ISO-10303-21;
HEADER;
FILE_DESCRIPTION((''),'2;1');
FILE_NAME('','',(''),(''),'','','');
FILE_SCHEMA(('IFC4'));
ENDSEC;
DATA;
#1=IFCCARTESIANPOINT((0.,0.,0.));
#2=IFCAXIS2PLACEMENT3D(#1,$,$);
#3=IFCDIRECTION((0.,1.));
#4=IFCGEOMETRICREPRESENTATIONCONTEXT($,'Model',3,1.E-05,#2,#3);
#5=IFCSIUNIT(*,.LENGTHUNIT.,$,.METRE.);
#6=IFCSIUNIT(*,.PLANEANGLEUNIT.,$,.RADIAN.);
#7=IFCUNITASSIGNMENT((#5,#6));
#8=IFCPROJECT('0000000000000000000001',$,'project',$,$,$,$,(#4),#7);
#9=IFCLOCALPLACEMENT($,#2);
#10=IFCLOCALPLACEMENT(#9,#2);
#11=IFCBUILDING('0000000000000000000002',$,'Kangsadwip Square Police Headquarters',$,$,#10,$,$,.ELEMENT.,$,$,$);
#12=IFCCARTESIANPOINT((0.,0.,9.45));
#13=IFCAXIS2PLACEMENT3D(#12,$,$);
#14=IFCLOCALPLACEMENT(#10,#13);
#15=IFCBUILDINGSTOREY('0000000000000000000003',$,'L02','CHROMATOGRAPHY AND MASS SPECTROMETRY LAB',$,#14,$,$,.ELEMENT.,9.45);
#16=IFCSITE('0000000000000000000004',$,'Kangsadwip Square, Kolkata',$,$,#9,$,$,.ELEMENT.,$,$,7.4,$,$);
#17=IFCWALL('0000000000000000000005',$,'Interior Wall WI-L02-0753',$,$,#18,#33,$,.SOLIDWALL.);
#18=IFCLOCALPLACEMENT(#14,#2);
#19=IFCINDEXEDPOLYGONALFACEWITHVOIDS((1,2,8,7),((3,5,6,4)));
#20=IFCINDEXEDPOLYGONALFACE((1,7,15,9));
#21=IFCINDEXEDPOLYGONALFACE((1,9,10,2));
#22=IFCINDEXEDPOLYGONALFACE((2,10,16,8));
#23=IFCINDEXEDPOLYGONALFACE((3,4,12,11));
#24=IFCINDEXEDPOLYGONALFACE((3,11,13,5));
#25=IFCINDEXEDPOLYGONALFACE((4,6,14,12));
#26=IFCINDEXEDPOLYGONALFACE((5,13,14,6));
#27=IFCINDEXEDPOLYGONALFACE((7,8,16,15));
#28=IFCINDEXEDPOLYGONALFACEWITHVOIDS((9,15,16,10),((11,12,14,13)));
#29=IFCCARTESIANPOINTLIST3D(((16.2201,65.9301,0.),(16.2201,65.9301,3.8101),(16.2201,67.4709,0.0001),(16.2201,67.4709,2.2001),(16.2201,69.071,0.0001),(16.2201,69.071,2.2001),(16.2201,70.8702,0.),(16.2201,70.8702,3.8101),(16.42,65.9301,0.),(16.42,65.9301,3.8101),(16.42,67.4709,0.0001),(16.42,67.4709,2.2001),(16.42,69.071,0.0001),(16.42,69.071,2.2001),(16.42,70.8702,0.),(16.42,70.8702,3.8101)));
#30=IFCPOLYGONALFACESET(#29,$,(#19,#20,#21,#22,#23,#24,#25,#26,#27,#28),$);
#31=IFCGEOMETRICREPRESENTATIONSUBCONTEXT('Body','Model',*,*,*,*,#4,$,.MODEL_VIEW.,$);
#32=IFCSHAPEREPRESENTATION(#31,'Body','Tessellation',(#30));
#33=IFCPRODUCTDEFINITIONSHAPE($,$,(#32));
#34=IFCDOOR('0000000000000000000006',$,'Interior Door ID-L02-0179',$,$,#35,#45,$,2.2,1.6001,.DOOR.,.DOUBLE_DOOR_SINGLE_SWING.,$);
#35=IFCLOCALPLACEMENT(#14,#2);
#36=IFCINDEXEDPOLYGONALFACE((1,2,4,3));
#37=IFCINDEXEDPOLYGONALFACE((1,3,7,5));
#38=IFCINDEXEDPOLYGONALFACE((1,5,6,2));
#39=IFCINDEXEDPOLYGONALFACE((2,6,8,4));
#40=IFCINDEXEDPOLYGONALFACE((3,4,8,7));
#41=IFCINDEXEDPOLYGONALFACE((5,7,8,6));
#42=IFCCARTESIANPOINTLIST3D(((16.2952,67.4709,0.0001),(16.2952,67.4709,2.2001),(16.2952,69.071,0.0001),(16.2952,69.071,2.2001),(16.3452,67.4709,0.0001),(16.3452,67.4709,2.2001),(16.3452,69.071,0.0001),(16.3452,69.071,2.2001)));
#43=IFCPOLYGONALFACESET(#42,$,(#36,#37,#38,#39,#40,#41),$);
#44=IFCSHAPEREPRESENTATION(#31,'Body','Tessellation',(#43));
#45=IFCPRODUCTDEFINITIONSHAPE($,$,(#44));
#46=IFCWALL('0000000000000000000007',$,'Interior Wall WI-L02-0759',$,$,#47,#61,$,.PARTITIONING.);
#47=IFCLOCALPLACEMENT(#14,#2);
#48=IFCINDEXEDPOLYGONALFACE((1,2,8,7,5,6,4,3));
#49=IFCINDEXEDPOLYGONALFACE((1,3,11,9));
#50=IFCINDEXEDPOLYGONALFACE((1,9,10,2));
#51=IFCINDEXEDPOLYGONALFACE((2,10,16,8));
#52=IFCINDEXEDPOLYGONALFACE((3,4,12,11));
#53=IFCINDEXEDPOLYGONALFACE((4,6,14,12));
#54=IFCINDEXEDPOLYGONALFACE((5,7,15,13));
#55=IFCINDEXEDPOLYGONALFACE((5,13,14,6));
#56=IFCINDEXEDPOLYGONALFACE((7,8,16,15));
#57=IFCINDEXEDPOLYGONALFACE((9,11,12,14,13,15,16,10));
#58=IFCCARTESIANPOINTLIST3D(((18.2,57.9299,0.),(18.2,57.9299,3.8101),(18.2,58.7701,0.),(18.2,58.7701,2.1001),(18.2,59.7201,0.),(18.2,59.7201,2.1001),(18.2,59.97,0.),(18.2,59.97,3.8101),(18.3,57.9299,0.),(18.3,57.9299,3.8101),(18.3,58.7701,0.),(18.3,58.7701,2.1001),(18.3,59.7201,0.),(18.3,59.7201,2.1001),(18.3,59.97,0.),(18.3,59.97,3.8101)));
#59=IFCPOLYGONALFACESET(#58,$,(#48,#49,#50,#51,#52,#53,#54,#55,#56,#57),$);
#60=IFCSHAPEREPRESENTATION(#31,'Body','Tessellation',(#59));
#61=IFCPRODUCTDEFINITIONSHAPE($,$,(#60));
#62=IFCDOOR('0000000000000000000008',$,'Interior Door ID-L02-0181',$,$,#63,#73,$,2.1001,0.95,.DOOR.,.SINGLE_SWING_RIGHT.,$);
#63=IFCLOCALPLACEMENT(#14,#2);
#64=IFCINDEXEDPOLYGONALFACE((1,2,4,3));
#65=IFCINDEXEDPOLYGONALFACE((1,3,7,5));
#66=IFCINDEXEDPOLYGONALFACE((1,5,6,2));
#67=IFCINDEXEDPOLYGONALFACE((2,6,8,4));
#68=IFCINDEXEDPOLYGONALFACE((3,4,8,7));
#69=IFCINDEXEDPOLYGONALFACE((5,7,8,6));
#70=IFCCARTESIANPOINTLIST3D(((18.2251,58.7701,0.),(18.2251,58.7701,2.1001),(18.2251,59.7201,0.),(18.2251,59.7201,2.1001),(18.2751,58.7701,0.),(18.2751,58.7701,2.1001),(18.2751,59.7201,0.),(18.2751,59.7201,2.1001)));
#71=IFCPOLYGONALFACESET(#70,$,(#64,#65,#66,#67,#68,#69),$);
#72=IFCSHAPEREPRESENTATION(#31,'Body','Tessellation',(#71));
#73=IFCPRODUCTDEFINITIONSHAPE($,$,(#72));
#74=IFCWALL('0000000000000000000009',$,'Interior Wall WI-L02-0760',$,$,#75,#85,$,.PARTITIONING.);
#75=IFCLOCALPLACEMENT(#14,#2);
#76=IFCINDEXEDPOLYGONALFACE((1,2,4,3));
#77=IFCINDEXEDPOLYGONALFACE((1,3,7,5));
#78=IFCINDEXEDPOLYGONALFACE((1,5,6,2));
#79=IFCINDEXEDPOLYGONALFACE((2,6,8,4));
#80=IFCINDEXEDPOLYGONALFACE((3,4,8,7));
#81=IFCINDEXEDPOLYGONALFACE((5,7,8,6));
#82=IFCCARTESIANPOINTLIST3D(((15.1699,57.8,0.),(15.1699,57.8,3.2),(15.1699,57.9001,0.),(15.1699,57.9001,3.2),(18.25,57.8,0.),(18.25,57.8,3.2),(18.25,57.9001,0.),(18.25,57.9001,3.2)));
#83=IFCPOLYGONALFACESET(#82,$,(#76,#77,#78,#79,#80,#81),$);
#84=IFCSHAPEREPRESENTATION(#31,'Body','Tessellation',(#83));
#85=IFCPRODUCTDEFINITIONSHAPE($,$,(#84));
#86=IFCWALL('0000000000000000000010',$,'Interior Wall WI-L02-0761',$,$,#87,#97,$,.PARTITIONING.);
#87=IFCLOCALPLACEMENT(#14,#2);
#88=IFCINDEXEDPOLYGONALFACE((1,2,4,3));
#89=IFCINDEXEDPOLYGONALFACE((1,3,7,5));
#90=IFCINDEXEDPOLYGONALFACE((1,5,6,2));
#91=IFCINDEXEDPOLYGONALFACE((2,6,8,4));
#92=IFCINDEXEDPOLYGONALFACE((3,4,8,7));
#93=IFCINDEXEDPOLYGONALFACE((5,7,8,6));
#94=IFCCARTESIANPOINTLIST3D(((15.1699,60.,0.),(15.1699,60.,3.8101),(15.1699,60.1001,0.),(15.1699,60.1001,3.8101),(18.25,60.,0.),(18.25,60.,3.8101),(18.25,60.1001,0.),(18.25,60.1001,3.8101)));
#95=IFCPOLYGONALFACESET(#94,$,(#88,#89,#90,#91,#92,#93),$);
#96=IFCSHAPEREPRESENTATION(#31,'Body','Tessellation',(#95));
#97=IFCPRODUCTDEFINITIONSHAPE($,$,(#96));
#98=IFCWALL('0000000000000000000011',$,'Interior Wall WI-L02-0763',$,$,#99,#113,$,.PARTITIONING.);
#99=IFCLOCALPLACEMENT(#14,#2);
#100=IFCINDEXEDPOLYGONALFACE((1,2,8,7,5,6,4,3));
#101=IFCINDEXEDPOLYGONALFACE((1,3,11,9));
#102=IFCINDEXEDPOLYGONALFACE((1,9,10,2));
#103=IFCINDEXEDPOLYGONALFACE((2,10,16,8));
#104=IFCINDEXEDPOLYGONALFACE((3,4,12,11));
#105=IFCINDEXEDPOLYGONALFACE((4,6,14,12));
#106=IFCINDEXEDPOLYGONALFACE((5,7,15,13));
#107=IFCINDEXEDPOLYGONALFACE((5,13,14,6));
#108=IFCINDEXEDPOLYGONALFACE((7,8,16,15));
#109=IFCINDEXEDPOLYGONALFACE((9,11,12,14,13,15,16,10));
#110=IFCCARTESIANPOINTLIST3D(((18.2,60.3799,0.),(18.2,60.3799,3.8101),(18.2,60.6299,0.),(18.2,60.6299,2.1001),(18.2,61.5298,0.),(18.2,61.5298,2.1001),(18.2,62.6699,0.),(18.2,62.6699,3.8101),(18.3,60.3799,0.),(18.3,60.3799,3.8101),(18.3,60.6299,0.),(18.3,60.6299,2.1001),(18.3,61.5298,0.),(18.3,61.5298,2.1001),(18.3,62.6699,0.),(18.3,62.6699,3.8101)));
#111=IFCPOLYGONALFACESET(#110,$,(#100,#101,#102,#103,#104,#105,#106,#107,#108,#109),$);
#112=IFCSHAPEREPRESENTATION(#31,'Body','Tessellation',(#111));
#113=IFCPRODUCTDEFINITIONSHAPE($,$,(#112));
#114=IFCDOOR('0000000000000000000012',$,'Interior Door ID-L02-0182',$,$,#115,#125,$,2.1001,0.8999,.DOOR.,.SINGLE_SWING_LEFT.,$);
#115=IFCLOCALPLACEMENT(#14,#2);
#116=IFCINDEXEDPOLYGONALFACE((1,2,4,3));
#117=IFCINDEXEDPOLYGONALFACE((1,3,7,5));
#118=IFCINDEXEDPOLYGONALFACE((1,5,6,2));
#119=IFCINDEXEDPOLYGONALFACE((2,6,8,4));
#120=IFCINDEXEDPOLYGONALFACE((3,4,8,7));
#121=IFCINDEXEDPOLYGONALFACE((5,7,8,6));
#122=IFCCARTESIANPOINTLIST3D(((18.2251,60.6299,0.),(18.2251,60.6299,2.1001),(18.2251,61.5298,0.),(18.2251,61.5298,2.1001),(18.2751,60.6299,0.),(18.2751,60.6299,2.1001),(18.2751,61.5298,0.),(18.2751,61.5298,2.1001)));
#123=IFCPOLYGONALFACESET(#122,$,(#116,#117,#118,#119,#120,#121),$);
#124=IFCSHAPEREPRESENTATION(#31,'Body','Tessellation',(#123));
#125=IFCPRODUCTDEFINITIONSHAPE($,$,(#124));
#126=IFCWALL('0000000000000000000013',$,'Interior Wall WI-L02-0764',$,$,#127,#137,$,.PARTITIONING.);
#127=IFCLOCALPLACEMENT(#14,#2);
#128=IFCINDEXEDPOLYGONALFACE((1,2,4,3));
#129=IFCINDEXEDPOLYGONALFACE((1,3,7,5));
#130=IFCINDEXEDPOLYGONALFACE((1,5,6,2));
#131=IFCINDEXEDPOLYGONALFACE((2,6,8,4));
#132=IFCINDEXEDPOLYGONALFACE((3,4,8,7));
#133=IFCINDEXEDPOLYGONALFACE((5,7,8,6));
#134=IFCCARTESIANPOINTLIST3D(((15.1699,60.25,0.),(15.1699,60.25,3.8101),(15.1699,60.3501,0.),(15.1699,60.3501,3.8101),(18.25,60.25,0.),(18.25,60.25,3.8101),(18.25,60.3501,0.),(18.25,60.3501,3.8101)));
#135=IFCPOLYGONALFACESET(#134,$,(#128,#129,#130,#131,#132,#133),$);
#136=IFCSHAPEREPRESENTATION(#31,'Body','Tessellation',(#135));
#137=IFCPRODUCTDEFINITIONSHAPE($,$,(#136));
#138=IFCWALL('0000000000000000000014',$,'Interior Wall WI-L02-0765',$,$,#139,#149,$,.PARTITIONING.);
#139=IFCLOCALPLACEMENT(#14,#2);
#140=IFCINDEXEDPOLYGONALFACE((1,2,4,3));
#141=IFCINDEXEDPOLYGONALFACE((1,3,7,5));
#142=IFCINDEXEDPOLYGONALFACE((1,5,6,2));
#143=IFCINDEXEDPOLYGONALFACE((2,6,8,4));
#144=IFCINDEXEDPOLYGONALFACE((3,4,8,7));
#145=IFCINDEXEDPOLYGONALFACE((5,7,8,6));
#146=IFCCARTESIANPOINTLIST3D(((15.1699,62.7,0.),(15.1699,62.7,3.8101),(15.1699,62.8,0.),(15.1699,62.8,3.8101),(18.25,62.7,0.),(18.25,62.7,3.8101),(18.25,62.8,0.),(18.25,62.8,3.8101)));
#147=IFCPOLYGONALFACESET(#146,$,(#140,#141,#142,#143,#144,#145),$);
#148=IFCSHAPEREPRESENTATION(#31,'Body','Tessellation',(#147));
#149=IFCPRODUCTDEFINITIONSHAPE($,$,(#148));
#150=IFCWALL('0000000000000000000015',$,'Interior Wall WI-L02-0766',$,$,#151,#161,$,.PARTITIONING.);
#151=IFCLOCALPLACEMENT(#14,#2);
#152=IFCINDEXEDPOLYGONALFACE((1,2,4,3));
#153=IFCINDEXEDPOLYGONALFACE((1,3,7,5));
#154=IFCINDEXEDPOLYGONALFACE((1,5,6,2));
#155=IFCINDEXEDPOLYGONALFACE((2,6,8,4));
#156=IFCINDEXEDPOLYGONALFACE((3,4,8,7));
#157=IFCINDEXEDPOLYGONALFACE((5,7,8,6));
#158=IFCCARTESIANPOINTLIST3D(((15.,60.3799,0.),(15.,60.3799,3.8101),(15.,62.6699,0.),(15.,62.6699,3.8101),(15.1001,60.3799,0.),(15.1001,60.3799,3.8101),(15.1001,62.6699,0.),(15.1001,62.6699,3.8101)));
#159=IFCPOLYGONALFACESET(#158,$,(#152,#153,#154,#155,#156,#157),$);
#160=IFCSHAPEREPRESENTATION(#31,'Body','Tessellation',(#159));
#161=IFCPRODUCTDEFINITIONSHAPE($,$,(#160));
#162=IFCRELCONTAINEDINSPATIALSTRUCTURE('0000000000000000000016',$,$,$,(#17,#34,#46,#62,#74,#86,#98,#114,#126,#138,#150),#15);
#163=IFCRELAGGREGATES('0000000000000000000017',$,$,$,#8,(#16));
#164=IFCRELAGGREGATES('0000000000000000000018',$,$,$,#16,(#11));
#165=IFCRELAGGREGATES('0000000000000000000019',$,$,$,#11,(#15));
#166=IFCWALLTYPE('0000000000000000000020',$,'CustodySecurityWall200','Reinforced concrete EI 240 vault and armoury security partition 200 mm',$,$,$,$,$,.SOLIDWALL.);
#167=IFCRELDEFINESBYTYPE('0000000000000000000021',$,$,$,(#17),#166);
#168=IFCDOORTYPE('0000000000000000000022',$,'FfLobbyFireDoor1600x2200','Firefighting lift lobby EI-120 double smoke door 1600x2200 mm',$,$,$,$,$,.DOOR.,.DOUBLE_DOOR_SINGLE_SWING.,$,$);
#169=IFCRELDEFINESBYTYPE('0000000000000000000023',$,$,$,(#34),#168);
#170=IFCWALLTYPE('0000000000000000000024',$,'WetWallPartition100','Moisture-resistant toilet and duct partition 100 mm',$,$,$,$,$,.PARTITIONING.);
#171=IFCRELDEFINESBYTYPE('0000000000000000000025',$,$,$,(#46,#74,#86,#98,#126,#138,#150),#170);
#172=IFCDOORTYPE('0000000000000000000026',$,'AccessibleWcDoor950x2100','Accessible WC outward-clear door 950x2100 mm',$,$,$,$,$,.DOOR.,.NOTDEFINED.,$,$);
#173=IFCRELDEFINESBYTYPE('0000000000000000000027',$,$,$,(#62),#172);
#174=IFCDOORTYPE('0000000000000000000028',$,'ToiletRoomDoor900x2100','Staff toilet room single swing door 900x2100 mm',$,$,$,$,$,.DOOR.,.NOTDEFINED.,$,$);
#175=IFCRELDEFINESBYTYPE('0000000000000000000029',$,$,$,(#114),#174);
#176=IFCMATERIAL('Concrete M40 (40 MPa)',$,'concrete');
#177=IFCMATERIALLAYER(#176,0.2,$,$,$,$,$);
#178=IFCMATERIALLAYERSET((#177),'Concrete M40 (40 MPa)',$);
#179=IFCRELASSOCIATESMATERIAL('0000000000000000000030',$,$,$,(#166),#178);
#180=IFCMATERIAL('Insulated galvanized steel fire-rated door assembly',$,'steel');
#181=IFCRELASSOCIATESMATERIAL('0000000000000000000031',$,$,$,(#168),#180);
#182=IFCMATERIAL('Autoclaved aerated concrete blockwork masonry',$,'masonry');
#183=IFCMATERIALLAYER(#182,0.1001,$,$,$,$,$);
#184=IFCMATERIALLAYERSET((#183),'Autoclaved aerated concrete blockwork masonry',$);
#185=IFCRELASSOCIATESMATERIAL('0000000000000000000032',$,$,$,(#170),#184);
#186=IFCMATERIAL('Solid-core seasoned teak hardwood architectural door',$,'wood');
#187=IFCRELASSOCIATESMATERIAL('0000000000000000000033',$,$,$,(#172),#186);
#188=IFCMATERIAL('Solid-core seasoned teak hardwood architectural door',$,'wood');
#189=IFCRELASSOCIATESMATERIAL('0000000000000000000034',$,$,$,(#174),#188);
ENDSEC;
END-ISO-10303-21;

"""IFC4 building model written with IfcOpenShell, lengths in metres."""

from ifc_helpers import new_model, si_unit, direction, frame, frame_2d, origin, place, context, subcontext, project, spatial, rectangle, extrude, material, layer, layer_set, type_object, element, fill, save


model = new_model("IFC4")

# Units and contexts
model_context = context("Model", 3, precision=1e-05, world=origin(), true_north=direction((0.0, 1.0)))
body_context = subcontext(model_context, "Body", "Model", "MODEL_VIEW")
ifc_project = project(units=[si_unit("LENGTHUNIT", "METRE"), si_unit("PLANEANGLEUNIT", "RADIAN")], contexts=[model_context])

# Site, building, storey
site_placement = place(None, origin())
site = spatial("IfcSite", under=ifc_project, at=site_placement, Name="Kangsadwip Square, Kolkata", CompositionType="ELEMENT", RefElevation=7.4)
building_placement = place(site_placement, origin())
building = spatial("IfcBuilding", under=site, at=building_placement, Name="Kangsadwip Square Police Headquarters", CompositionType="ELEMENT")
storey_placement = place(building_placement, frame((0.0, 0.0, 9.45)))
storey = spatial("IfcBuildingStorey", under=building, at=storey_placement, Name="L02", Description="CHROMATOGRAPHY AND MASS SPECTROMETRY LAB", CompositionType="ELEMENT", Elevation=9.45)

# Walls, openings, doors
ifc_material_1 = material(Name="Concrete M40 (40 MPa)", Category="concrete")
ifc_layer_1 = layer(ifc_material_1, 0.2)
ifc_layer_set_1 = layer_set([ifc_layer_1], Name="Concrete M40 (40 MPa)")
wall_type_1 = type_object("IfcWallType", Name="CustodySecurityWall200", Description="Reinforced concrete EI 240 vault and armoury security partition 200 mm", PredefinedType="SOLIDWALL", material=ifc_layer_set_1)
ifc_material_2 = material(Name="Insulated galvanized steel fire-rated door assembly", Category="steel")
door_type_1 = type_object("IfcDoorType", Name="FfLobbyFireDoor1600x2200", Description="Firefighting lift lobby EI-120 double smoke door 1600x2200 mm", OperationType="DOUBLE_DOOR_SINGLE_SWING", PredefinedType="DOOR", material=ifc_material_2)
wall_1_placement = place(storey_placement, frame((16.3201, 65.9299, 0.0), z_axis=(0.0, 0.0, 1.0), x_axis=(0.0, 1.0, 0.0)))
wall_1 = element("IfcWall", 1, at=wall_1_placement, inside=storey, type_object=wall_type_1, Name="Interior Wall WI-L02-0753", PredefinedType="SOLIDWALL", context=body_context, shape_type="SweptSolid", body=[
    extrude(rectangle(XDim=4.9402, YDim=0.2, at=frame_2d((2.4702, 0.0))), origin(), (0.0, 0.0, 1.0), 3.8101),
])
opening_1_placement = place(wall_1_placement, frame((1.541, 0.0, 0.0)))
opening_1 = element("IfcOpeningElement", 2, at=opening_1_placement, cuts=wall_1, PredefinedType="OPENING", context=body_context, shape_type="SweptSolid", body=[
    extrude(rectangle(XDim=1.6001, YDim=2.2, at=frame_2d((0.8, 1.1001))), frame((0.0, 0.1099, 0.0), z_axis=(0.0, -1.0, 0.0), x_axis=(1.0, 0.0, 0.0)), (0.0, 0.0, 1.0), 0.22),
])
door_1_placement = place(opening_1_placement, origin())
door_1 = element("IfcDoor", 3, at=door_1_placement, inside=storey, type_object=door_type_1, Name="Interior Door ID-L02-0179", OperationType="DOUBLE_DOOR_SINGLE_SWING", OverallHeight=2.2, OverallWidth=1.6001, PredefinedType="DOOR", context=body_context, shape_type="SweptSolid", body=[
    extrude(rectangle(XDim=1.6001, YDim=2.2, at=frame_2d((0.8, 1.1001))), frame((0.0, 0.0249, 0.0), z_axis=(0.0, -1.0, 0.0), x_axis=(1.0, 0.0, 0.0)), (0.0, 0.0, 1.0), 0.05),
])
fill(opening_1, door_1)
ifc_material_3 = material(Name="Autoclaved aerated concrete blockwork masonry", Category="masonry")
ifc_layer_2 = layer(ifc_material_3, 0.1001)
ifc_layer_set_2 = layer_set([ifc_layer_2], Name="Autoclaved aerated concrete blockwork masonry")
wall_type_2 = type_object("IfcWallType", Name="WetWallPartition100", Description="Moisture-resistant toilet and duct partition 100 mm", PredefinedType="PARTITIONING", material=ifc_layer_set_2)
wall_2_placement = place(storey_placement, frame((18.25, 57.9299, 0.0), z_axis=(0.0, 0.0, 1.0), x_axis=(0.0, 1.0, 0.0)))
wall_2 = element("IfcWall", 4, at=wall_2_placement, inside=storey, type_object=wall_type_2, Name="Interior Wall WI-L02-0759", PredefinedType="PARTITIONING", context=body_context, shape_type="SweptSolid", body=[
    extrude(rectangle(XDim=2.04, YDim=0.1001, at=frame_2d((1.02, 0.0))), origin(), (0.0, 0.0, 1.0), 3.8101),
])
opening_2_placement = place(wall_2_placement, frame((0.8401, 0.0, 0.0)))
opening_2 = element("IfcOpeningElement", 5, at=opening_2_placement, cuts=wall_2, PredefinedType="OPENING", context=body_context, shape_type="SweptSolid", body=[
    extrude(rectangle(XDim=0.95, YDim=2.1001, at=frame_2d((0.4751, 1.05))), frame((0.0, 0.0601, 0.0), z_axis=(0.0, -1.0, 0.0), x_axis=(1.0, 0.0, 0.0)), (0.0, 0.0, 1.0), 0.1201),
])
ifc_material_4 = material(Name="Solid-core seasoned teak hardwood architectural door", Category="wood")
door_type_2 = type_object("IfcDoorType", Name="AccessibleWcDoor950x2100", Description="Accessible WC outward-clear door 950x2100 mm", OperationType="NOTDEFINED", PredefinedType="DOOR", material=ifc_material_4)
door_2_placement = place(opening_2_placement, origin())
door_2 = element("IfcDoor", 6, at=door_2_placement, inside=storey, type_object=door_type_2, Name="Interior Door ID-L02-0181", OperationType="SINGLE_SWING_RIGHT", OverallHeight=2.1001, OverallWidth=0.95, PredefinedType="DOOR", context=body_context, shape_type="SweptSolid", body=[
    extrude(rectangle(XDim=0.95, YDim=2.1001, at=frame_2d((0.4751, 1.05))), frame((0.0, 0.0249, 0.0), z_axis=(0.0, -1.0, 0.0), x_axis=(1.0, 0.0, 0.0)), (0.0, 0.0, 1.0), 0.05),
])
fill(opening_2, door_2)

# Walls
wall_3_placement = place(storey_placement, frame((15.1699, 57.8501, 0.0), z_axis=(0.0, 0.0, 1.0), x_axis=(1.0, 0.0, 0.0)))
element("IfcWall", 7, at=wall_3_placement, inside=storey, type_object=wall_type_2, Name="Interior Wall WI-L02-0760", PredefinedType="PARTITIONING", context=body_context, shape_type="SweptSolid", body=[
    extrude(rectangle(XDim=3.0801, YDim=0.1001, at=frame_2d((1.54, 0.0))), origin(), (0.0, 0.0, 1.0), 3.2),
])
wall_4_placement = place(storey_placement, frame((15.1699, 60.05, 0.0), z_axis=(0.0, 0.0, 1.0), x_axis=(1.0, 0.0, 0.0)))
element("IfcWall", 8, at=wall_4_placement, inside=storey, type_object=wall_type_2, Name="Interior Wall WI-L02-0761", PredefinedType="PARTITIONING", context=body_context, shape_type="SweptSolid", body=[
    extrude(rectangle(XDim=3.0801, YDim=0.1001, at=frame_2d((1.54, 0.0))), origin(), (0.0, 0.0, 1.0), 3.8101),
])

# Wall, opening, door
wall_5_placement = place(storey_placement, frame((18.25, 60.3799, 0.0), z_axis=(0.0, 0.0, 1.0), x_axis=(0.0, 1.0, 0.0)))
wall_5 = element("IfcWall", 9, at=wall_5_placement, inside=storey, type_object=wall_type_2, Name="Interior Wall WI-L02-0763", PredefinedType="PARTITIONING", context=body_context, shape_type="SweptSolid", body=[
    extrude(rectangle(XDim=2.29, YDim=0.1001, at=frame_2d((1.145, 0.0))), origin(), (0.0, 0.0, 1.0), 3.8101),
])
opening_3_placement = place(wall_5_placement, frame((0.25, 0.0, 0.0)))
opening_3 = element("IfcOpeningElement", 10, at=opening_3_placement, cuts=wall_5, PredefinedType="OPENING", context=body_context, shape_type="SweptSolid", body=[
    extrude(rectangle(XDim=0.8999, YDim=2.1001, at=frame_2d((0.45, 1.05))), frame((0.0, 0.0601, 0.0), z_axis=(0.0, -1.0, 0.0), x_axis=(1.0, 0.0, 0.0)), (0.0, 0.0, 1.0), 0.1201),
])
ifc_material_5 = material(Name="Solid-core seasoned teak hardwood architectural door", Category="wood")
door_type_3 = type_object("IfcDoorType", Name="ToiletRoomDoor900x2100", Description="Staff toilet room single swing door 900x2100 mm", OperationType="NOTDEFINED", PredefinedType="DOOR", material=ifc_material_5)
door_3_placement = place(opening_3_placement, origin())
door_3 = element("IfcDoor", 11, at=door_3_placement, inside=storey, type_object=door_type_3, Name="Interior Door ID-L02-0182", OperationType="SINGLE_SWING_LEFT", OverallHeight=2.1001, OverallWidth=0.8999, PredefinedType="DOOR", context=body_context, shape_type="SweptSolid", body=[
    extrude(rectangle(XDim=0.8999, YDim=2.1001, at=frame_2d((0.45, 1.05))), frame((0.0, 0.0249, 0.0), z_axis=(0.0, -1.0, 0.0), x_axis=(1.0, 0.0, 0.0)), (0.0, 0.0, 1.0), 0.05),
])
fill(opening_3, door_3)

# Walls
for number, where, z_axis, x_axis, name in (
    (12, (15.1699, 60.3, 0.0), (0.0, 0.0, 1.0), (1.0, 0.0, 0.0), "Interior Wall WI-L02-0764"),
    (13, (15.1699, 62.75, 0.0), (0.0, 0.0, 1.0), (1.0, 0.0, 0.0), "Interior Wall WI-L02-0765"),
):
    element("IfcWall", number, at=place(storey_placement, frame(where, z_axis=z_axis, x_axis=x_axis)), inside=storey, type_object=wall_type_2, Name=name, PredefinedType="PARTITIONING", context=body_context, shape_type="SweptSolid", body=[
        extrude(rectangle(XDim=3.0801, YDim=0.1001, at=frame_2d((1.54, 0.0))), origin(), (0.0, 0.0, 1.0), 3.8101),
    ])
wall_6_placement = place(storey_placement, frame((15.05, 60.3799, 0.0), z_axis=(0.0, 0.0, 1.0), x_axis=(0.0, 1.0, 0.0)))
element("IfcWall", 14, at=wall_6_placement, inside=storey, type_object=wall_type_2, Name="Interior Wall WI-L02-0766", PredefinedType="PARTITIONING", context=body_context, shape_type="SweptSolid", body=[
    extrude(rectangle(XDim=2.29, YDim=0.1001, at=frame_2d((1.145, 0.0))), origin(), (0.0, 0.0, 1.0), 3.8101),
])

save(model, "model.ifc")
